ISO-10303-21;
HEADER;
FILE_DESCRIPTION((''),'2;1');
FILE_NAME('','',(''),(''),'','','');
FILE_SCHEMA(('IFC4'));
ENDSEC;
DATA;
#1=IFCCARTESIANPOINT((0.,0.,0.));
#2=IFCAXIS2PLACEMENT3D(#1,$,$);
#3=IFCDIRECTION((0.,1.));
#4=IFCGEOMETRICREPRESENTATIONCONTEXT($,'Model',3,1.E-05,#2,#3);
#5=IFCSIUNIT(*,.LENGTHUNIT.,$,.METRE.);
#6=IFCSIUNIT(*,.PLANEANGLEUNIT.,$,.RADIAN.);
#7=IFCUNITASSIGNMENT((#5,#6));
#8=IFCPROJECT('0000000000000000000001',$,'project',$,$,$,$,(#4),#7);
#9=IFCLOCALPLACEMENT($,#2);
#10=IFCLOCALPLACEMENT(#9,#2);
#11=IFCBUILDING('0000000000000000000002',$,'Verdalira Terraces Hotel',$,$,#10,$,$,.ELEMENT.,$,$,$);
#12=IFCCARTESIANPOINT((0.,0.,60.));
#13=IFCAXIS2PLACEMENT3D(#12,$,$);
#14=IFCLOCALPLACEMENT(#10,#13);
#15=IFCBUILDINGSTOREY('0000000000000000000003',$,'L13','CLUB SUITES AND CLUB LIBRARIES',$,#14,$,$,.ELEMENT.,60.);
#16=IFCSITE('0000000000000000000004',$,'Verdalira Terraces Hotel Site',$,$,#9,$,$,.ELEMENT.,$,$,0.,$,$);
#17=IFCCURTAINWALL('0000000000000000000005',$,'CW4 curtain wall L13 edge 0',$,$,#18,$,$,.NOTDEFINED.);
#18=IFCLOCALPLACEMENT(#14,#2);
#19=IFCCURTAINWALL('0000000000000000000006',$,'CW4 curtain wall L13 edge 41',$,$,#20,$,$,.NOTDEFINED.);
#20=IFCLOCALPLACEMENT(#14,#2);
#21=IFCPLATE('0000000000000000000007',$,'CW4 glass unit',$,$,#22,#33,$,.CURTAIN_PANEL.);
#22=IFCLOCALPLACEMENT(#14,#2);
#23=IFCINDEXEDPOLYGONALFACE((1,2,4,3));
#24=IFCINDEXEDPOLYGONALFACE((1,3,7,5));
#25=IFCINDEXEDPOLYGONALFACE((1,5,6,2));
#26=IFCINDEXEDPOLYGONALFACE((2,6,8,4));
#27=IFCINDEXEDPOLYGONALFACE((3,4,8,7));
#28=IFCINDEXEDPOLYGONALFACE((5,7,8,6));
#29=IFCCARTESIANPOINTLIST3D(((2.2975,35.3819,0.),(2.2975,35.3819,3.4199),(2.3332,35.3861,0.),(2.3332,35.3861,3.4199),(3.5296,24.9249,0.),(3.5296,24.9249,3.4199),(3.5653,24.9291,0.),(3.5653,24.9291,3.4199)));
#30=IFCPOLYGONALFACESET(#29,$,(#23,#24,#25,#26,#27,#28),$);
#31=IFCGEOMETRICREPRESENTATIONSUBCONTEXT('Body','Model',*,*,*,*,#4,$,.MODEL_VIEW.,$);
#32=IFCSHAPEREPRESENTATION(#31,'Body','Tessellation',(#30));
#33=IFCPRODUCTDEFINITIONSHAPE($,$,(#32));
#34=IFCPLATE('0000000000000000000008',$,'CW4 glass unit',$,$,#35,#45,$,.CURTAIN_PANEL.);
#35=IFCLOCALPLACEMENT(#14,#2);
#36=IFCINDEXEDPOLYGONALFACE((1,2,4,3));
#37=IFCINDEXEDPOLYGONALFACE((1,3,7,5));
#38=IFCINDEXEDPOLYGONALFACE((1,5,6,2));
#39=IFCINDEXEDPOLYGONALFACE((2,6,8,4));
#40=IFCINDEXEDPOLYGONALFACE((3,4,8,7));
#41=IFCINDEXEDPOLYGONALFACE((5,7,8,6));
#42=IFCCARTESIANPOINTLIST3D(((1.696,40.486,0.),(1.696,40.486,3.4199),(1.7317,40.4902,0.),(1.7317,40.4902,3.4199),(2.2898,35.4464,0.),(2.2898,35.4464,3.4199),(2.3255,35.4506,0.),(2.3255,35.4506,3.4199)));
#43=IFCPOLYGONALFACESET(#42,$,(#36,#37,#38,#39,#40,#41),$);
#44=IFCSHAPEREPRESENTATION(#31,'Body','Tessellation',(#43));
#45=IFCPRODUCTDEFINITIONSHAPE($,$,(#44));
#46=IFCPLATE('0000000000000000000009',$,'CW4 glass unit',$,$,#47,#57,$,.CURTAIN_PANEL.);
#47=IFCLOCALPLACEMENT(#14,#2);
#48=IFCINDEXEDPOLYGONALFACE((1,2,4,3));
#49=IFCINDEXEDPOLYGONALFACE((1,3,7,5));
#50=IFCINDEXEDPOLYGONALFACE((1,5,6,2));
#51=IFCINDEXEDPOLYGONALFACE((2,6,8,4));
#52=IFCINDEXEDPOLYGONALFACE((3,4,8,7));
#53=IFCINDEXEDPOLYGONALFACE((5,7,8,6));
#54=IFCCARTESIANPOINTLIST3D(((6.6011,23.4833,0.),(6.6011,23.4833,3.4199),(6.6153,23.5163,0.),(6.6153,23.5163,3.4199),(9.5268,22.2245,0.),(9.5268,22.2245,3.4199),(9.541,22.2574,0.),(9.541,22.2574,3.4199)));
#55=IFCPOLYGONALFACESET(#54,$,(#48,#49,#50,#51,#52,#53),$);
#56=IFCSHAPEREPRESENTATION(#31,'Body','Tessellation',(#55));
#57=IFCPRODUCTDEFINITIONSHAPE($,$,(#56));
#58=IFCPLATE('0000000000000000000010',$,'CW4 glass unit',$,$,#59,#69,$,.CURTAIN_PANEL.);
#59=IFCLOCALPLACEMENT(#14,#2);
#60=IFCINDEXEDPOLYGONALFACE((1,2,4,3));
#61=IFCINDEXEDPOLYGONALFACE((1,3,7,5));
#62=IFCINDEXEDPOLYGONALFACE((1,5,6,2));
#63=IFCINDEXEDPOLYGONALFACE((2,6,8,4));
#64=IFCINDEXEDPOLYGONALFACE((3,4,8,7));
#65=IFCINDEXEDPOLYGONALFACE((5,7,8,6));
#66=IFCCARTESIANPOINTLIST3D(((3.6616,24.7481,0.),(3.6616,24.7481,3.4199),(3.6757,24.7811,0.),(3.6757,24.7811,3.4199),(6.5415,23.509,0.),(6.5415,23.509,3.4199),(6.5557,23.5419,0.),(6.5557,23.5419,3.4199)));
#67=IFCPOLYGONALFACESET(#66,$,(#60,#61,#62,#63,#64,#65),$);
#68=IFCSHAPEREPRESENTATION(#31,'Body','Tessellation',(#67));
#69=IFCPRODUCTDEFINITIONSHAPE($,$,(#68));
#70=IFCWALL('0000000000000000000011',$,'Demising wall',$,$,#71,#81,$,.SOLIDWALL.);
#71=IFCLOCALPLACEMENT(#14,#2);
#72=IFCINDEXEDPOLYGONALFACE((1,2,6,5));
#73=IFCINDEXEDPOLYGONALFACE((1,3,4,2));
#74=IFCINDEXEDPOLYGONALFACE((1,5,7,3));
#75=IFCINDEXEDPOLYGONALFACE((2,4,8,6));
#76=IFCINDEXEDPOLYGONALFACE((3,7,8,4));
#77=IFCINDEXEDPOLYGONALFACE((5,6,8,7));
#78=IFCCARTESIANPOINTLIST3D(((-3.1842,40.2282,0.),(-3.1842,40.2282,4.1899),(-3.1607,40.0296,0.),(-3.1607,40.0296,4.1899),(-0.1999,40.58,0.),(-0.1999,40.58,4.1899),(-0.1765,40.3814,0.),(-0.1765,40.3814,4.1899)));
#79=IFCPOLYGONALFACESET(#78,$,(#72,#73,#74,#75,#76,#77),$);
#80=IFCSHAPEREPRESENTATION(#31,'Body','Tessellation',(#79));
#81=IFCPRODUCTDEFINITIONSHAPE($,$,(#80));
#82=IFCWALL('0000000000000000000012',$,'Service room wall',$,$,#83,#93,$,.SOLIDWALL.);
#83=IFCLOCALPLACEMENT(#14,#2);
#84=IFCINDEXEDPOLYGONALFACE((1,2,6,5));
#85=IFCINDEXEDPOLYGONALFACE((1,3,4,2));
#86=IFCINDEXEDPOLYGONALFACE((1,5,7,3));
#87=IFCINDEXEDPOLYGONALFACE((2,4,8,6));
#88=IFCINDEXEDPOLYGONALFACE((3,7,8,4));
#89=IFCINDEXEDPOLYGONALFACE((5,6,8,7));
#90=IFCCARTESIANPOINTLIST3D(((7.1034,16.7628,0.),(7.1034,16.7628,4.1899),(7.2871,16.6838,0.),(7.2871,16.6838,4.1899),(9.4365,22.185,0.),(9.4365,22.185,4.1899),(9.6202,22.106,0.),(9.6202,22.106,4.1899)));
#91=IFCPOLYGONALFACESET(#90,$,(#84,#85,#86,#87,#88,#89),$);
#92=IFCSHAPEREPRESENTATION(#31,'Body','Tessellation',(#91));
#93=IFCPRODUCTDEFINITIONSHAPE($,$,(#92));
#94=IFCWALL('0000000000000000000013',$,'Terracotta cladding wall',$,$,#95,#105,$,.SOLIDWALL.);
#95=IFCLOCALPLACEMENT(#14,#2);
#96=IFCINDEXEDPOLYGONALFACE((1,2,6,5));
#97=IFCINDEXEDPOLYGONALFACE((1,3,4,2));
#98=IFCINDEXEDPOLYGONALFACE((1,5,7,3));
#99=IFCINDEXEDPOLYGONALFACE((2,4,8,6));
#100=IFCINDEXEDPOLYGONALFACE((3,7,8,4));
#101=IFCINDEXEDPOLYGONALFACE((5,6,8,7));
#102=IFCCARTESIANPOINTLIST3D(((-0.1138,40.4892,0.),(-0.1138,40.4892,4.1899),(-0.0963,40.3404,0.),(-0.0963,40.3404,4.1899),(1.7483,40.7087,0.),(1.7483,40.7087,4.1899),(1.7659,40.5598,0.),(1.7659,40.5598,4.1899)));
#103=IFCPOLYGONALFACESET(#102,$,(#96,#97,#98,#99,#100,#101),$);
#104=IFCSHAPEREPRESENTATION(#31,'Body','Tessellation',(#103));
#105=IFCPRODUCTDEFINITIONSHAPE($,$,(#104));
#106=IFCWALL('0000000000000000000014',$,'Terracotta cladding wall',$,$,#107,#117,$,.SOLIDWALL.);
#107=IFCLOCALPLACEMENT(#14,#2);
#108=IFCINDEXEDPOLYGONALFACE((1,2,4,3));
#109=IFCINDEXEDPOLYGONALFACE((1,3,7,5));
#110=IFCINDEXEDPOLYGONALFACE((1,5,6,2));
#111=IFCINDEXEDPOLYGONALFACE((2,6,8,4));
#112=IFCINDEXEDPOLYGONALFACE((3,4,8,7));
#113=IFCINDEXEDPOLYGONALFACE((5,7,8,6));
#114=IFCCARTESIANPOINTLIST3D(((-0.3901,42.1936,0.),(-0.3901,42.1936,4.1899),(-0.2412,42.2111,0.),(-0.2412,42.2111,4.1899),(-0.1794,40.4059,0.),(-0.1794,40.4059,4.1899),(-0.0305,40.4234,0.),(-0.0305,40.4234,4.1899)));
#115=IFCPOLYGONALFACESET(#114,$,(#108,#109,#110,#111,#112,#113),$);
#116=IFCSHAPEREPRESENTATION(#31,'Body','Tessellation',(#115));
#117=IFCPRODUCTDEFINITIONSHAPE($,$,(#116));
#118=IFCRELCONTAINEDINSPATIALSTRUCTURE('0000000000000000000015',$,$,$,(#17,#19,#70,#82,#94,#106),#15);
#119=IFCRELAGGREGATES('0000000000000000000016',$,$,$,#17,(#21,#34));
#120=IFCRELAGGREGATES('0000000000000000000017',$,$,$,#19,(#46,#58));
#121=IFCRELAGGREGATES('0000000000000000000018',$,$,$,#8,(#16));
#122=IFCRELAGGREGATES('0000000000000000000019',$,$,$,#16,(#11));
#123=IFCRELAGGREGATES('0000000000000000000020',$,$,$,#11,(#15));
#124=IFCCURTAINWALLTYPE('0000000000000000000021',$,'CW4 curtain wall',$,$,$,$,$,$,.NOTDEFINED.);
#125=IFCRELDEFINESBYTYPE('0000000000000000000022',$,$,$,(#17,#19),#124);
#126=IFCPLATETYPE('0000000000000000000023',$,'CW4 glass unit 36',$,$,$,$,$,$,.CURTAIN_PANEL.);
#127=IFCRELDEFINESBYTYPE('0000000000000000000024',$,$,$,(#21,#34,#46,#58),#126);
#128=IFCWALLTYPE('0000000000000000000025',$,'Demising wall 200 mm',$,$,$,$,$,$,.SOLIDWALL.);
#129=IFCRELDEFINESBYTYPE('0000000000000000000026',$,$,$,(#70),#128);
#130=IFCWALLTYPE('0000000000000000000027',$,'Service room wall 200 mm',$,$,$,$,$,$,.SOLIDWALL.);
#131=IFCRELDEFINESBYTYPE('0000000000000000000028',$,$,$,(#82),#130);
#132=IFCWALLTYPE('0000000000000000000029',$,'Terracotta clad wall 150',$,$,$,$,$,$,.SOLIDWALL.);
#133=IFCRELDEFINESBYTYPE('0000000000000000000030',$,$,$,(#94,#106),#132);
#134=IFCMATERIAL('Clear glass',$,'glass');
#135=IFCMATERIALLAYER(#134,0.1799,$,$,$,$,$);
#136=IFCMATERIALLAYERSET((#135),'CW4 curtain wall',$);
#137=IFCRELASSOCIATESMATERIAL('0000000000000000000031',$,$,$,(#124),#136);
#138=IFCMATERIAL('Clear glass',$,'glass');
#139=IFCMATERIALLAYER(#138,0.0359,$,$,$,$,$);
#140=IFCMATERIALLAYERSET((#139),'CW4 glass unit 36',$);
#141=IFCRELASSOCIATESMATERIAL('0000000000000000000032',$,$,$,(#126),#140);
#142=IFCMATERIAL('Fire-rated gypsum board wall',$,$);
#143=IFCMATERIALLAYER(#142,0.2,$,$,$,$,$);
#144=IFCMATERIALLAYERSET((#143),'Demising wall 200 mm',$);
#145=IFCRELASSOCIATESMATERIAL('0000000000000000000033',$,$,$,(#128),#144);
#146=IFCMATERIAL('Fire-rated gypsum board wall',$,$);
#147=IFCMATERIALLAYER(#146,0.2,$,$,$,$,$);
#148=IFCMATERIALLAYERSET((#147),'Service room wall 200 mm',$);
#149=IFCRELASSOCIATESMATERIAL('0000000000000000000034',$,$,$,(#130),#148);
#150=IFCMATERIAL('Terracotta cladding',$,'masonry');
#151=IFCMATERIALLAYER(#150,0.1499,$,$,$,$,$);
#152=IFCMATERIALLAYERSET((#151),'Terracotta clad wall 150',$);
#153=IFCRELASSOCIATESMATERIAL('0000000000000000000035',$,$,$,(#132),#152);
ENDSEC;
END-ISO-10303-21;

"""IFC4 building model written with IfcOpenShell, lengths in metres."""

from ifc_helpers import new_model, si_unit, direction, frame, frame_2d, origin, origin_2d, place, context, subcontext, project, spatial, rectangle, extrude, material, layer, layer_set, type_object, element, aggregate, save


model = new_model("IFC4")

# Units and contexts
model_context = context("Model", 3, precision=1e-05, world=origin(), true_north=direction((0.0, 1.0)))
body_context = subcontext(model_context, "Body", "Model", "MODEL_VIEW")
ifc_project = project(units=[si_unit("LENGTHUNIT", "METRE"), si_unit("PLANEANGLEUNIT", "RADIAN")], contexts=[model_context])

# Site, building, storey
site_placement = place(None, origin())
site = spatial("IfcSite", under=ifc_project, at=site_placement, Name="Verdalira Terraces Hotel Site", CompositionType="ELEMENT", RefElevation=0.0)
building_placement = place(site_placement, origin())
building = spatial("IfcBuilding", under=site, at=building_placement, Name="Verdalira Terraces Hotel", CompositionType="ELEMENT")
storey_placement = place(building_placement, frame((0.0, 0.0, 60.0)))
storey = spatial("IfcBuildingStorey", under=building, at=storey_placement, Name="L13", Description="CLUB SUITES AND CLUB LIBRARIES", CompositionType="ELEMENT", Elevation=60.0)

# Curtain walls
ifc_material_1 = material(Name="Clear glass", Category="glass")
ifc_layer_1 = layer(ifc_material_1, 0.1799)
ifc_layer_set_1 = layer_set([ifc_layer_1], Name="CW4 curtain wall")
curtain_wall_type = type_object("IfcCurtainWallType", Name="CW4 curtain wall", PredefinedType="NOTDEFINED", material=ifc_layer_set_1)
curtain_wall_1_placement = place(storey_placement, origin())
curtain_wall_1 = element("IfcCurtainWall", 1, at=curtain_wall_1_placement, inside=storey, type_object=curtain_wall_type, Name="CW4 curtain wall L13 edge 0", PredefinedType="NOTDEFINED")
curtain_wall_2_placement = place(storey_placement, origin())
curtain_wall_2 = element("IfcCurtainWall", 2, at=curtain_wall_2_placement, inside=storey, type_object=curtain_wall_type, Name="CW4 curtain wall L13 edge 41", PredefinedType="NOTDEFINED")

# Plates
ifc_material_2 = material(Name="Clear glass", Category="glass")
ifc_layer_2 = layer(ifc_material_2, 0.0359)
ifc_layer_set_2 = layer_set([ifc_layer_2], Name="CW4 glass unit 36")
plate_type = type_object("IfcPlateType", Name="CW4 glass unit 36", PredefinedType="CURTAIN_PANEL", material=ifc_layer_set_2)
plate_1_placement = place(storey_placement, frame((2.9314, 30.1555, 0.0), z_axis=(0.0, 0.0, 1.0), x_axis=(-0.117017, 0.99313, 0.0)))
plate_1 = element("IfcPlate", 3, at=plate_1_placement, type_object=plate_type, Name="CW4 glass unit", PredefinedType="CURTAIN_PANEL", context=body_context, shape_type="SweptSolid", body=[
    extrude(rectangle(XDim=10.5293, YDim=0.0359, at=origin_2d()), origin(), (0.0, 0.0, 1.0), 3.4199),
])
plate_2_placement = place(storey_placement, frame((2.0107, 37.9683, 0.0), z_axis=(0.0, 0.0, 1.0), x_axis=(-0.117017, 0.99313, 0.0)))
plate_2 = element("IfcPlate", 4, at=plate_2_placement, type_object=plate_type, Name="CW4 glass unit", PredefinedType="CURTAIN_PANEL", context=body_context, shape_type="SweptSolid", body=[
    extrude(rectangle(XDim=5.0745, YDim=0.0359, at=origin_2d()), origin(), (0.0, 0.0, 1.0), 3.4199),
])
aggregate(curtain_wall_1, [plate_1, plate_2])
plate_3_placement = place(storey_placement, frame((8.071, 22.8704, 0.0), z_axis=(0.0, 0.0, 1.0), x_axis=(-0.918584, 0.395225, 0.0)))
plate_3 = element("IfcPlate", 5, at=plate_3_placement, type_object=plate_type, Name="CW4 glass unit", PredefinedType="CURTAIN_PANEL", context=body_context, shape_type="SweptSolid", body=[
    extrude(rectangle(XDim=3.1851, YDim=0.0359, at=origin_2d()), origin(), (0.0, 0.0, 1.0), 3.4199),
])
plate_4_placement = place(storey_placement, frame((5.1086, 24.145, 0.0), z_axis=(0.0, 0.0, 1.0), x_axis=(-0.918584, 0.395225, 0.0)))
plate_4 = element("IfcPlate", 6, at=plate_4_placement, type_object=plate_type, Name="CW4 glass unit", PredefinedType="CURTAIN_PANEL", context=body_context, shape_type="SweptSolid", body=[
    extrude(rectangle(XDim=3.1353, YDim=0.0359, at=origin_2d()), origin(), (0.0, 0.0, 1.0), 3.4199),
])
aggregate(curtain_wall_2, [plate_3, plate_4])

# Walls
ifc_material_3 = material(Name="Fire-rated gypsum board wall")
ifc_layer_3 = layer(ifc_material_3, 0.2)
ifc_layer_set_3 = layer_set([ifc_layer_3], Name="Demising wall 200 mm")
wall_type_1 = type_object("IfcWallType", Name="Demising wall 200 mm", PredefinedType="SOLIDWALL", material=ifc_layer_set_3)
wall_1_placement = place(storey_placement, frame((-0.1882, 40.4807, 0.0), z_axis=(0.0, 0.0, 1.0), x_axis=(-0.993122, -0.117082, 0.0)))
element("IfcWall", 7, at=wall_1_placement, inside=storey, type_object=wall_type_1, Name="Demising wall", PredefinedType="SOLIDWALL", context=body_context, shape_type="SweptSolid", body=[
    extrude(rectangle(XDim=3.0049, YDim=0.2, at=frame_2d((1.5024, 0.0))), origin(), (0.0, 0.0, 1.0), 4.1899),
])
ifc_material_4 = material(Name="Fire-rated gypsum board wall")
ifc_layer_4 = layer(ifc_material_4, 0.2)
ifc_layer_set_4 = layer_set([ifc_layer_4], Name="Service room wall 200 mm")
wall_type_2 = type_object("IfcWallType", Name="Service room wall 200 mm", PredefinedType="SOLIDWALL", material=ifc_layer_set_4)
wall_2_placement = place(storey_placement, frame((9.5283, 22.1455, 0.0), z_axis=(0.0, 0.0, 1.0), x_axis=(-0.395242, -0.918577, 0.0)))
element("IfcWall", 8, at=wall_2_placement, inside=storey, type_object=wall_type_2, Name="Service room wall", PredefinedType="SOLIDWALL", context=body_context, shape_type="SweptSolid", body=[
    extrude(rectangle(XDim=5.9028, YDim=0.2, at=frame_2d((2.9514, 0.0))), origin(), (0.0, 0.0, 1.0), 4.1899),
])
ifc_material_5 = material(Name="Terracotta cladding", Category="masonry")
ifc_layer_5 = layer(ifc_material_5, 0.1499)
ifc_layer_set_5 = layer_set([ifc_layer_5], Name="Terracotta clad wall 150")
wall_type_3 = type_object("IfcWallType", Name="Terracotta clad wall 150", PredefinedType="SOLIDWALL", material=ifc_layer_set_5)
wall_3_placement = place(storey_placement, frame((1.7571, 40.6343, 0.0), z_axis=(0.0, 0.0, 1.0), x_axis=(-0.993125, -0.11706, 0.0)))
element("IfcWall", 9, at=wall_3_placement, inside=storey, type_object=wall_type_3, Name="Terracotta cladding wall", PredefinedType="SOLIDWALL", context=body_context, shape_type="SweptSolid", body=[
    extrude(rectangle(XDim=1.875, YDim=0.1499, at=frame_2d((0.9375, 0.0))), origin(), (0.0, 0.0, 1.0), 4.1899),
])
wall_4_placement = place(storey_placement, frame((-0.105, 40.4148, 0.0), z_axis=(0.0, 0.0, 1.0), x_axis=(-0.117054, 0.993126, 0.0)))
element("IfcWall", 10, at=wall_4_placement, inside=storey, type_object=wall_type_3, Name="Terracotta cladding wall", PredefinedType="SOLIDWALL", context=body_context, shape_type="SweptSolid", body=[
    extrude(rectangle(XDim=1.8, YDim=0.1499, at=frame_2d((0.8999, 0.0))), origin(), (0.0, 0.0, 1.0), 4.1899),
])

save(model, "model.ifc")
